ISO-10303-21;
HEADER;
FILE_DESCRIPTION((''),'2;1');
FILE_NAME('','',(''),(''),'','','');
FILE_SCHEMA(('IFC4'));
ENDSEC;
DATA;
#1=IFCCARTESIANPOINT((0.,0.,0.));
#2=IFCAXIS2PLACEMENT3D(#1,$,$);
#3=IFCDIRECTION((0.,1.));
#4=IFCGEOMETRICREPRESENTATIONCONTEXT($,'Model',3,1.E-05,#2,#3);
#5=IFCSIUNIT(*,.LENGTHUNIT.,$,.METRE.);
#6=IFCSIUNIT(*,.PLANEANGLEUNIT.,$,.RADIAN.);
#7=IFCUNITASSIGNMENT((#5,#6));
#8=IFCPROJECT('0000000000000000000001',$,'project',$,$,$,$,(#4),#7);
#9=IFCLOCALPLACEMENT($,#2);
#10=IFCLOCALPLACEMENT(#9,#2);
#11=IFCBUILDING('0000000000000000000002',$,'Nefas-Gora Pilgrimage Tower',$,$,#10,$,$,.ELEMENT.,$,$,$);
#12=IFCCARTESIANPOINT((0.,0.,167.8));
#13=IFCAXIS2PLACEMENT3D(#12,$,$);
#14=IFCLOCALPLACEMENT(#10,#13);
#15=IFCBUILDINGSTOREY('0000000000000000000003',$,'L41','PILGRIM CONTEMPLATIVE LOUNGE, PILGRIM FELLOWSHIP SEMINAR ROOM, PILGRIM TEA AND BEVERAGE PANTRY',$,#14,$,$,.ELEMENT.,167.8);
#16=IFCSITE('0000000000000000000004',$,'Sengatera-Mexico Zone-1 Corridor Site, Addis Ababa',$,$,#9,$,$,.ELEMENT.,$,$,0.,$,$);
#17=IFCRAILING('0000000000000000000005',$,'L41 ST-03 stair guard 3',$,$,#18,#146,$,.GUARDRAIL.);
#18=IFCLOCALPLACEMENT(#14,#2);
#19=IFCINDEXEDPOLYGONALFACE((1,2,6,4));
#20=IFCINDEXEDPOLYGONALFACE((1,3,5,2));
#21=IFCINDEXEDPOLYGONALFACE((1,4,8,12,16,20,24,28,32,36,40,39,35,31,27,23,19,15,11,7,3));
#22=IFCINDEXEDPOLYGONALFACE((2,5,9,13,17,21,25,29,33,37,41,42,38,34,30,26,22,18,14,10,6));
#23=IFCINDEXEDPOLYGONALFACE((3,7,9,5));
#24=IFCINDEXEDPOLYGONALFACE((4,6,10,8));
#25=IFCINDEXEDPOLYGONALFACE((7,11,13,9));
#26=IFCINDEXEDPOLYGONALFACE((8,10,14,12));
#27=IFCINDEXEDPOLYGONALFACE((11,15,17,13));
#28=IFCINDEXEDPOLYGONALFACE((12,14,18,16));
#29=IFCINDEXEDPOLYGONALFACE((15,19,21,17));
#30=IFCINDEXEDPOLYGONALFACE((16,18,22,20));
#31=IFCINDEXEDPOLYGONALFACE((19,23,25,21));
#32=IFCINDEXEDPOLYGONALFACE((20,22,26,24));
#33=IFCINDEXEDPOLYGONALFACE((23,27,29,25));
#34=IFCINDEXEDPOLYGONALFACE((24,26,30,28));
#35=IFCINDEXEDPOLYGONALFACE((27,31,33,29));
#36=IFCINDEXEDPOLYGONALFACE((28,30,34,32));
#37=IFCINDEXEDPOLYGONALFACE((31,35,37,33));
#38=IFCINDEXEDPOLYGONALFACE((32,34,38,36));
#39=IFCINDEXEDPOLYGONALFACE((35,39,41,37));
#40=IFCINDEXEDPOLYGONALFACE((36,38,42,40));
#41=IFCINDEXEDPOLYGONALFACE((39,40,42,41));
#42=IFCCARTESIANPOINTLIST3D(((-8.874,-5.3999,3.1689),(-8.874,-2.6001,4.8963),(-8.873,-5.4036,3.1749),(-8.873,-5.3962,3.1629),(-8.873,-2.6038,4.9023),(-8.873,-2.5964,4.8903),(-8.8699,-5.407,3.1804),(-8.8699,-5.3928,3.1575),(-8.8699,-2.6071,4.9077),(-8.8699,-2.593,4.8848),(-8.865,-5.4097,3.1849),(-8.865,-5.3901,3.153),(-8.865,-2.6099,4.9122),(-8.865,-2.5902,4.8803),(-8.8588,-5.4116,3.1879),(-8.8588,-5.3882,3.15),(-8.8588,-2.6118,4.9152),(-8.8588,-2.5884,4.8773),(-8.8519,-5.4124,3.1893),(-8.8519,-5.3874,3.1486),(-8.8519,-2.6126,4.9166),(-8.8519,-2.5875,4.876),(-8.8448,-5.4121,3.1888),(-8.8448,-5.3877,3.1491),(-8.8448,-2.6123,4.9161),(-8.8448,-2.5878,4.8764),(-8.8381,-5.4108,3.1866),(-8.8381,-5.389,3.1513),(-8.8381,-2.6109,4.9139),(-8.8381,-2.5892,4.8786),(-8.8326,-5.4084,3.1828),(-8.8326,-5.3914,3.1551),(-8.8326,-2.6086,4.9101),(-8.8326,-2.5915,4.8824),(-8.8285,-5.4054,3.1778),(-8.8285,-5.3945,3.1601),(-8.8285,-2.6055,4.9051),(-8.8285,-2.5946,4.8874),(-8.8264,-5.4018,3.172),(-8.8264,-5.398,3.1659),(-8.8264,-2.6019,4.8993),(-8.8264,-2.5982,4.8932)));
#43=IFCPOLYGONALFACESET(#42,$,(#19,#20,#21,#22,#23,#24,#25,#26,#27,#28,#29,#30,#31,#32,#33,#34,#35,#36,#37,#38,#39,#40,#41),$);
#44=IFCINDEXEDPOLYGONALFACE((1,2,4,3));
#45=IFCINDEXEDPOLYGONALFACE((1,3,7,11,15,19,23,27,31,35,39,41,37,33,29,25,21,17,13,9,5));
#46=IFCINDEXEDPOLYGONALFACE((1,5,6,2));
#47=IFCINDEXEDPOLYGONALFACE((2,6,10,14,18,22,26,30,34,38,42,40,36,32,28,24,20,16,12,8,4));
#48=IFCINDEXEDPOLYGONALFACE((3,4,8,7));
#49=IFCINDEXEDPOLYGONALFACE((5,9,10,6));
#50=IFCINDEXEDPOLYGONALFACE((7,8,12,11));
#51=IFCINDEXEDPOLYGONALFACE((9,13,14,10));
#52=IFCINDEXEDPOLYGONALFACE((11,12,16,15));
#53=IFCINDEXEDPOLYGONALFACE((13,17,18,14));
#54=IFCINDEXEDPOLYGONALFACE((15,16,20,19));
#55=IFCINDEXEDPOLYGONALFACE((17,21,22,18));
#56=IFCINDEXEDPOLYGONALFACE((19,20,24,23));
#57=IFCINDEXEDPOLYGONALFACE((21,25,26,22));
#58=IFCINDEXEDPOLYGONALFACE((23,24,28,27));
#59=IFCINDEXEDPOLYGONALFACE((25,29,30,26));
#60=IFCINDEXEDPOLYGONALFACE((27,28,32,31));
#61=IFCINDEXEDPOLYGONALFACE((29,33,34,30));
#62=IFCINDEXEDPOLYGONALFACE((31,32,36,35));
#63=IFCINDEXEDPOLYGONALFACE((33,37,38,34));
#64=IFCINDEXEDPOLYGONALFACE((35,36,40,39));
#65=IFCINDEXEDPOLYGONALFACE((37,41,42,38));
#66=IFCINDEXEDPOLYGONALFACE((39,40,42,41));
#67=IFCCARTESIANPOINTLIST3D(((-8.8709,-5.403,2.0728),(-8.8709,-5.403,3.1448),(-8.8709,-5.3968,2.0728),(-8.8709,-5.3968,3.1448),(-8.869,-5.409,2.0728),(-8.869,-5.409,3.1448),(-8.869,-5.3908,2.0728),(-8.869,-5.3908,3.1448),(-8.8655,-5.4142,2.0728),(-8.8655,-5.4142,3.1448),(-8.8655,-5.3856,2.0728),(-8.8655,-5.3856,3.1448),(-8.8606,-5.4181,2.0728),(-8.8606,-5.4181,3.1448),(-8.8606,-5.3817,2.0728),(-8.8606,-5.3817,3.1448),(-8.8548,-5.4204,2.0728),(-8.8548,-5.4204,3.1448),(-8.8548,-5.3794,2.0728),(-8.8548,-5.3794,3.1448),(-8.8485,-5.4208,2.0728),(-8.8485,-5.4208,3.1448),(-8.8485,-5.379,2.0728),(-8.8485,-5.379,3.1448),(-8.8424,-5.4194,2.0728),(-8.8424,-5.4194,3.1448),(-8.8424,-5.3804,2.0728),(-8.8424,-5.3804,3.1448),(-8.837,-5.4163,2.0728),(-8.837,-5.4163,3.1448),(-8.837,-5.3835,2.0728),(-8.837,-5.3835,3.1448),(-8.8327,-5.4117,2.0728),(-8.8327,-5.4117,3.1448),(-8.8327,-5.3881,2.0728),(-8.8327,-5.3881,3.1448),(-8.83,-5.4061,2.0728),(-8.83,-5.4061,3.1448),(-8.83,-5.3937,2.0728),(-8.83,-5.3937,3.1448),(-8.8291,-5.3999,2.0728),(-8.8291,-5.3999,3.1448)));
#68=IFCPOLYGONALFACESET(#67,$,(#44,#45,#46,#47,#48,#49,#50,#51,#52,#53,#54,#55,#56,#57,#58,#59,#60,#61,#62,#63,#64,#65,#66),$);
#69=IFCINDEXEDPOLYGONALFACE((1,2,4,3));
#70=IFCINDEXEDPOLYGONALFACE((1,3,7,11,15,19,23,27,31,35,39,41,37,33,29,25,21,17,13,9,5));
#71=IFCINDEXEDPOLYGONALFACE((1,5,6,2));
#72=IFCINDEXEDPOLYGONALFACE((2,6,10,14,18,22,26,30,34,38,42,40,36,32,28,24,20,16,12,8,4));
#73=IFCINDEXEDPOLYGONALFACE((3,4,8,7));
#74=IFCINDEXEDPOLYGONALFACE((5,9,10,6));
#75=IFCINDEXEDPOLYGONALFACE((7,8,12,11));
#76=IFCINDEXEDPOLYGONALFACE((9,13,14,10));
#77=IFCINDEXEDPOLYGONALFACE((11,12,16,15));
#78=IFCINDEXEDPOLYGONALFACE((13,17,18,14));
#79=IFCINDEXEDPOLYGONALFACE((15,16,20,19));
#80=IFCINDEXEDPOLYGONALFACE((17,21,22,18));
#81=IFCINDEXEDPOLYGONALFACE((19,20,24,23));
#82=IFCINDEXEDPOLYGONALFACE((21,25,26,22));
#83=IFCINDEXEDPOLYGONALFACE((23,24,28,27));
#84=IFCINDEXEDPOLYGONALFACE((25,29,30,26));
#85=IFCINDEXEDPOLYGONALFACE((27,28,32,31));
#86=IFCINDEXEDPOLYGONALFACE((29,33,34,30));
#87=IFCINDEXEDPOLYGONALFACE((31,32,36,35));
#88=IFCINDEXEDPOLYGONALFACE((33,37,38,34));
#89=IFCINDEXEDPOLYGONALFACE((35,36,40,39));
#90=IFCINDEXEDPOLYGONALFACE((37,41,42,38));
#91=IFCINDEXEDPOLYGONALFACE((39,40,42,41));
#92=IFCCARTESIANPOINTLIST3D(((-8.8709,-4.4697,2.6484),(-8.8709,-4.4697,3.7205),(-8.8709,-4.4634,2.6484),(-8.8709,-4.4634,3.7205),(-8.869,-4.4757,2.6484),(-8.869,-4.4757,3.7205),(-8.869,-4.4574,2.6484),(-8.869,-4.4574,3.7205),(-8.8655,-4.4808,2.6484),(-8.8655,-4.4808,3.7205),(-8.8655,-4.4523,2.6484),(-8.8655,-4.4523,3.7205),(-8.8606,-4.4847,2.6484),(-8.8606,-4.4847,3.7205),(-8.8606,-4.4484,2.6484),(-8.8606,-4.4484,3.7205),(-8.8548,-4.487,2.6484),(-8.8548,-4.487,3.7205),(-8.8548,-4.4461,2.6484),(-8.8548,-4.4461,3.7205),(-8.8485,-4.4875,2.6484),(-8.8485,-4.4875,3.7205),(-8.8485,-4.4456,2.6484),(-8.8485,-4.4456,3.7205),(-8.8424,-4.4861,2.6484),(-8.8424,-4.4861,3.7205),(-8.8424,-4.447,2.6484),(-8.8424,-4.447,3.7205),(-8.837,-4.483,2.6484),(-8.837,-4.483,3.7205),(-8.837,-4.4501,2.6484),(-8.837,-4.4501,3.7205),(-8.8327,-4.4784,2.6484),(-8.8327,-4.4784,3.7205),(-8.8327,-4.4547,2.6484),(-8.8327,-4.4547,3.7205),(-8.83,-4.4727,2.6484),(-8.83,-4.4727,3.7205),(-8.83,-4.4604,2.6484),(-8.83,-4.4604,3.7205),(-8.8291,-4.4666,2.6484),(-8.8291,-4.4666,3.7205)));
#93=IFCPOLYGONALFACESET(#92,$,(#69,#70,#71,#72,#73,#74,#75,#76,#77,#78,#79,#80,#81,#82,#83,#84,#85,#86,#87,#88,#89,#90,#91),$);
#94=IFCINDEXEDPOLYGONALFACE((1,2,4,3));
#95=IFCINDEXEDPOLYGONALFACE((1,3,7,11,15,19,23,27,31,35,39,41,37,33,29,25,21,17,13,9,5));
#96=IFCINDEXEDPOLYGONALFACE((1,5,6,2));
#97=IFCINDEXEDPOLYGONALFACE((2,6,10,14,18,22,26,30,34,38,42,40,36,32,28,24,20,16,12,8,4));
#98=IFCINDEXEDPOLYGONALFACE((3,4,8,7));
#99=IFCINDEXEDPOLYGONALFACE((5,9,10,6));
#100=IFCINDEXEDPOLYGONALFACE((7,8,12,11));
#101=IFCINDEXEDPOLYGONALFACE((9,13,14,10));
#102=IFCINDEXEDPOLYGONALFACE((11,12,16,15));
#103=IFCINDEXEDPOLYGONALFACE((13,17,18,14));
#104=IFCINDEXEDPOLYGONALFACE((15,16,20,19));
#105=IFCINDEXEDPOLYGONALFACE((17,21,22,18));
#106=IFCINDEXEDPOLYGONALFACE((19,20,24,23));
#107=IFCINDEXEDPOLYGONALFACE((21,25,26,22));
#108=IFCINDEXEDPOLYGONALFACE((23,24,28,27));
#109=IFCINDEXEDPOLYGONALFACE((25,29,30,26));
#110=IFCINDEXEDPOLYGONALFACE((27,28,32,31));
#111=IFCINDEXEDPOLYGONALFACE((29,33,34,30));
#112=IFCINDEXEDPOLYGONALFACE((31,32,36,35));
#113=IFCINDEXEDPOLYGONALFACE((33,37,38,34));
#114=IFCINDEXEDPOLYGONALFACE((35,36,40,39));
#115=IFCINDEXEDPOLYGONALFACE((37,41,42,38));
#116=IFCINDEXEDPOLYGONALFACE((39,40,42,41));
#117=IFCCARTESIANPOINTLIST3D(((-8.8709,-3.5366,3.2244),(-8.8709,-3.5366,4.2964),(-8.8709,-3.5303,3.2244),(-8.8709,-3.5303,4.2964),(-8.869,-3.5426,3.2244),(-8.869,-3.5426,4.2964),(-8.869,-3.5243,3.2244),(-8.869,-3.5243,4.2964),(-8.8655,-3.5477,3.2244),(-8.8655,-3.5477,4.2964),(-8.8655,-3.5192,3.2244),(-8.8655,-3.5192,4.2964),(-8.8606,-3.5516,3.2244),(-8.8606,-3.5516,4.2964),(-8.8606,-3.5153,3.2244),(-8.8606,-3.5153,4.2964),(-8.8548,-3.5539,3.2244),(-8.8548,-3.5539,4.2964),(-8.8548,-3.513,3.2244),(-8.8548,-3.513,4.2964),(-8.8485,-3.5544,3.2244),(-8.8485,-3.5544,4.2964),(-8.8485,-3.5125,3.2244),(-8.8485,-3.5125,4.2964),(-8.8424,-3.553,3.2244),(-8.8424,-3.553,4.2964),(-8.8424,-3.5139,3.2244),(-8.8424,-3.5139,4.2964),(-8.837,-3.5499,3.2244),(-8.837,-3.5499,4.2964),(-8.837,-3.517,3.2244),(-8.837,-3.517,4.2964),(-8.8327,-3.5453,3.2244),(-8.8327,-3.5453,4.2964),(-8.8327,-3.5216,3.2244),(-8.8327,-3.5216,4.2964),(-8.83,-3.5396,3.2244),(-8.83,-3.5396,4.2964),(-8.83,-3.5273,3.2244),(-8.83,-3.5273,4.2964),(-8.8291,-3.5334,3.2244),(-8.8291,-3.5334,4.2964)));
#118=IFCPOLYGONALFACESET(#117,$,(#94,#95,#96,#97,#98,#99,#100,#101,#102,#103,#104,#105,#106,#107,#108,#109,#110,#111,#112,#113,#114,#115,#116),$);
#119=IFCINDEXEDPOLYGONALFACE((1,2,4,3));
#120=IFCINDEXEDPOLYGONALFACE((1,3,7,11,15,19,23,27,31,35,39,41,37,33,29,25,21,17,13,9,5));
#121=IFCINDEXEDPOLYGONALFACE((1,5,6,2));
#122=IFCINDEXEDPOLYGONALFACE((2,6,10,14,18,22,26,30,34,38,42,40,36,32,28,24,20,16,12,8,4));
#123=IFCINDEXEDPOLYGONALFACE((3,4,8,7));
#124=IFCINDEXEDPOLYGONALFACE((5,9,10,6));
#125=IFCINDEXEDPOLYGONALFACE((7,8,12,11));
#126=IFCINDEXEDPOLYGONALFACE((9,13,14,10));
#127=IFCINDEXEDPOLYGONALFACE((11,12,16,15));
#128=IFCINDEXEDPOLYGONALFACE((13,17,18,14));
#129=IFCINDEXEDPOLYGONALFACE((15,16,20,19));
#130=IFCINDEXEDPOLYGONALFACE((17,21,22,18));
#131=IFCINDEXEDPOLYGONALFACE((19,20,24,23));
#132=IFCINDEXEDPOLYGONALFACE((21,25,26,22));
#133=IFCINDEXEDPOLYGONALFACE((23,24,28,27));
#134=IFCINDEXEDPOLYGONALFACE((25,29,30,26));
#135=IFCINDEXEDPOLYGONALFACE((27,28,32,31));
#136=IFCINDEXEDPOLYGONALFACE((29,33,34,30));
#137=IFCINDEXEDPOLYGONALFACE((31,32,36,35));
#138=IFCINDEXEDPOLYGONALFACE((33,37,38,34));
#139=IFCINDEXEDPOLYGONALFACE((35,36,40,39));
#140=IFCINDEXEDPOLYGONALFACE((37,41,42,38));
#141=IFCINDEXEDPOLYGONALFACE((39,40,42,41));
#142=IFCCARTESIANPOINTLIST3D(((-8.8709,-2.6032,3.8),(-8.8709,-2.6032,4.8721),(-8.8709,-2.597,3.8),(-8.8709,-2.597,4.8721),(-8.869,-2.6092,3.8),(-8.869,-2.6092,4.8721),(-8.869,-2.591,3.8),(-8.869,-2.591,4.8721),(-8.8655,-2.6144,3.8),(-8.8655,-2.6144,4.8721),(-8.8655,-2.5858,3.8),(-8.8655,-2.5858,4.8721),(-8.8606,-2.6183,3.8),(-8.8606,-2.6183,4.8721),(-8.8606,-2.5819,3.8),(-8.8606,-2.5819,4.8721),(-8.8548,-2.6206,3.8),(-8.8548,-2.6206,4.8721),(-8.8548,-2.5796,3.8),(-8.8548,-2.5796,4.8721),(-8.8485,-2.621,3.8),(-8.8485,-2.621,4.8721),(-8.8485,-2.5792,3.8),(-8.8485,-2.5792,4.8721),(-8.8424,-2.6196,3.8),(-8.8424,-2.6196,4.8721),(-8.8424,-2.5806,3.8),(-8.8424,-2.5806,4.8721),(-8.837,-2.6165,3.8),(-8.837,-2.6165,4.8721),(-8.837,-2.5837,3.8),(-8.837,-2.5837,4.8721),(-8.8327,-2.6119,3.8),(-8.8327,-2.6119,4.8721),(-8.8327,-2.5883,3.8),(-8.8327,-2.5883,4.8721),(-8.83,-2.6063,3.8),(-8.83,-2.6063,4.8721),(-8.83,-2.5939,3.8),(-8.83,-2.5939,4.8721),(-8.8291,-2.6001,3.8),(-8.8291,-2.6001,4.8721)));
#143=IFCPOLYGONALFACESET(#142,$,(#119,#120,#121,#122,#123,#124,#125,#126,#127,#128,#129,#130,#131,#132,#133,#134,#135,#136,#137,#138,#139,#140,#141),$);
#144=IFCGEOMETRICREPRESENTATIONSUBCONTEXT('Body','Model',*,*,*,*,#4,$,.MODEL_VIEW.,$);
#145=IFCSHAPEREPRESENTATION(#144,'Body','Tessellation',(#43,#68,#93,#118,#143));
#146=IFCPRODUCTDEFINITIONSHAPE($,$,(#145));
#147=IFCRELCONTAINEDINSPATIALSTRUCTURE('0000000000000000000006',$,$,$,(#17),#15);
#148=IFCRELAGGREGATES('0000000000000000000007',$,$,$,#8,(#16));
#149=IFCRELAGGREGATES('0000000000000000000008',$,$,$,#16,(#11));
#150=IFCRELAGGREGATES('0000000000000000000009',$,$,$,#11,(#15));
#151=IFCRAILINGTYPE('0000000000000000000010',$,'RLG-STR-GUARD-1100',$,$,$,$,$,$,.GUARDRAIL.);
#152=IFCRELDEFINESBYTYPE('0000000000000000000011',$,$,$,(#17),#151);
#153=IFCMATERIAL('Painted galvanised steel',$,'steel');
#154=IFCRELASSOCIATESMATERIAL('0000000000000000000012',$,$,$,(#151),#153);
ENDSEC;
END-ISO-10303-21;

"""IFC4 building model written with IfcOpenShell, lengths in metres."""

from ifc_helpers import new_model, si_unit, direction, frame, origin, origin_2d, place, context, subcontext, project, spatial, circle, extrude, material, type_object, element, save


model = new_model("IFC4")

# Units and contexts
model_context = context("Model", 3, precision=1e-05, world=origin(), true_north=direction((0.0, 1.0)))
body_context = subcontext(model_context, "Body", "Model", "MODEL_VIEW")
ifc_project = project(units=[si_unit("LENGTHUNIT", "METRE"), si_unit("PLANEANGLEUNIT", "RADIAN")], contexts=[model_context])

# Site, building, storey
site_placement = place(None, origin())
site = spatial("IfcSite", under=ifc_project, at=site_placement, Name="Sengatera-Mexico Zone-1 Corridor Site, Addis Ababa", CompositionType="ELEMENT", RefElevation=0.0)
building_placement = place(site_placement, origin())
building = spatial("IfcBuilding", under=site, at=building_placement, Name="Nefas-Gora Pilgrimage Tower", CompositionType="ELEMENT")
storey_placement = place(building_placement, frame((0.0, 0.0, 167.8)))
storey = spatial("IfcBuildingStorey", under=building, at=storey_placement, Name="L41", Description="PILGRIM CONTEMPLATIVE LOUNGE, PILGRIM FELLOWSHIP SEMINAR ROOM, PILGRIM TEA AND BEVERAGE PANTRY", CompositionType="ELEMENT", Elevation=167.8)

# Railing
ifc_material_1 = material(Name="Painted galvanised steel", Category="steel")
railing_type_1 = type_object("IfcRailingType", Name="RLG-STR-GUARD-1100", PredefinedType="GUARDRAIL", material=ifc_material_1)
railing_1_placement = place(storey_placement, frame((-8.8501, -5.3999, 2.0728)))
element("IfcRailing", 1, at=railing_1_placement, inside=storey, type_object=railing_type_1, Name="L41 ST-03 stair guard 3", PredefinedType="GUARDRAIL", context=body_context, shape_type="SweptSolid", body=[
    extrude(circle(Radius=0.0239, at=origin_2d()), frame((0.0, 0.0, 1.0962), z_axis=(0.0, 0.851069, 0.525054), x_axis=(-1.0, 0.0, 0.0)), (0.0, 0.0, 1.0), 3.2898),
    extrude(circle(Radius=0.021, at=origin_2d()), origin(), (0.0, 0.0, 1.0), 1.072),
    extrude(circle(Radius=0.021, at=origin_2d()), frame((0.0, 0.9333, 0.5757)), (0.0, 0.0, 1.0), 1.072),
    extrude(circle(Radius=0.021, at=origin_2d()), frame((0.0, 1.8665, 1.1516)), (0.0, 0.0, 1.0), 1.072),
    extrude(circle(Radius=0.021, at=origin_2d()), frame((0.0, 2.7998, 1.7273)), (0.0, 0.0, 1.0), 1.072),
])

save(model, "model.ifc")
